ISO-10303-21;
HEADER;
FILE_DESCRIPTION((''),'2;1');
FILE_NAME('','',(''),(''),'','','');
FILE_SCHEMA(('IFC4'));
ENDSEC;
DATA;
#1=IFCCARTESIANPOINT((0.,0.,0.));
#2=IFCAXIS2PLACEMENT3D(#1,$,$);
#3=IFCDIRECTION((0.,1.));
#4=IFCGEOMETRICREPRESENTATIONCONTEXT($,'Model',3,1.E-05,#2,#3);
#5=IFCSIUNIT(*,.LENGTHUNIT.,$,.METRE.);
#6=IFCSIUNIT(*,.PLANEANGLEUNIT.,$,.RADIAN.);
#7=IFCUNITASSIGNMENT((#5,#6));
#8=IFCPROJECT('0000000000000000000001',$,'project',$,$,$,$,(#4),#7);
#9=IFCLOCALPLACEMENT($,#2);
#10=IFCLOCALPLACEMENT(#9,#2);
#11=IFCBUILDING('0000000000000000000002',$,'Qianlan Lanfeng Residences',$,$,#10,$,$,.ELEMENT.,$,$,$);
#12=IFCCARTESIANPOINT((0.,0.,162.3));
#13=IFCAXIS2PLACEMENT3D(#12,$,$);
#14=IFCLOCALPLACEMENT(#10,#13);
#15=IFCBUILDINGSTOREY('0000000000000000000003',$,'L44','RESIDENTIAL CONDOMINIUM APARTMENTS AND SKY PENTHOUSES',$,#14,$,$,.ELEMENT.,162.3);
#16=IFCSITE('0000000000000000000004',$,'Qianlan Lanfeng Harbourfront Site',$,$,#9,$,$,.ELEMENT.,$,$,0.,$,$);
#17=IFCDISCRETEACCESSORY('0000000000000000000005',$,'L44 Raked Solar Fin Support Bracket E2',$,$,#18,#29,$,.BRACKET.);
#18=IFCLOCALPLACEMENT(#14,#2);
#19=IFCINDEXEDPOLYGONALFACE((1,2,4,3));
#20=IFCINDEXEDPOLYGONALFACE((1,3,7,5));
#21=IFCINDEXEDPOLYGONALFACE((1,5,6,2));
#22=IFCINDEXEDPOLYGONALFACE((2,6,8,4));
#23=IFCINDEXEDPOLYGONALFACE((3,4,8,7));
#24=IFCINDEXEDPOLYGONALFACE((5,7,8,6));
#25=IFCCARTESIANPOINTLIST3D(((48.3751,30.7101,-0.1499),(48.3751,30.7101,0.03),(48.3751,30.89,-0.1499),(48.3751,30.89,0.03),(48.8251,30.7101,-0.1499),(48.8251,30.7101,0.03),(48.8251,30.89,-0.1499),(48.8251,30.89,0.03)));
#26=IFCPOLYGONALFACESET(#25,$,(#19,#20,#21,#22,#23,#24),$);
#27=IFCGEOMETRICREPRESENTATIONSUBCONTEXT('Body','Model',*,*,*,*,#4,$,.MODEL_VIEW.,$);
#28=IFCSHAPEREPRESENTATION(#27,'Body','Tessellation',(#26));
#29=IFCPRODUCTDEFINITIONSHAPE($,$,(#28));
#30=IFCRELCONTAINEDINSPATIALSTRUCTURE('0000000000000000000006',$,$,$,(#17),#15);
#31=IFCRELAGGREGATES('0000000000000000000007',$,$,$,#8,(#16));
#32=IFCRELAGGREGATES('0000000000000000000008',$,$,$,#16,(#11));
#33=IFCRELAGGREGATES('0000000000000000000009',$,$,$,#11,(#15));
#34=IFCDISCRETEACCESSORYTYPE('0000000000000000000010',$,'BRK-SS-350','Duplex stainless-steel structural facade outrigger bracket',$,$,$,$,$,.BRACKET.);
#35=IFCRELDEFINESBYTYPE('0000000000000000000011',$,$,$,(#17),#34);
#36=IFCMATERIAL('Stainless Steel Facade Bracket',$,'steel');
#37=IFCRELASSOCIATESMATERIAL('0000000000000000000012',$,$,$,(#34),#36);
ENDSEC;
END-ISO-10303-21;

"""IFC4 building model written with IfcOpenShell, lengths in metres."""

from ifc_helpers import new_model, si_unit, direction, frame, origin, origin_2d, place, context, subcontext, project, spatial, rectangle, extrude, source, transform, mapped, material, type_object, element, save


model = new_model("IFC4")

# Units and contexts
model_context = context("Model", 3, precision=1e-05, world=origin(), true_north=direction((0.0, 1.0)))
body_context = subcontext(model_context, "Body", "Model", "MODEL_VIEW")
ifc_project = project(units=[si_unit("LENGTHUNIT", "METRE"), si_unit("PLANEANGLEUNIT", "RADIAN")], contexts=[model_context])

# Site, building, storey
site_placement = place(None, origin())
site = spatial("IfcSite", under=ifc_project, at=site_placement, Name="Qianlan Lanfeng Harbourfront Site", CompositionType="ELEMENT", RefElevation=0.0)
building_placement = place(site_placement, origin())
building = spatial("IfcBuilding", under=site, at=building_placement, Name="Qianlan Lanfeng Residences", CompositionType="ELEMENT")
storey_placement = place(building_placement, frame((0.0, 0.0, 162.3)))
storey = spatial("IfcBuildingStorey", under=building, at=storey_placement, Name="L44", Description="RESIDENTIAL CONDOMINIUM APARTMENTS AND SKY PENTHOUSES", CompositionType="ELEMENT", Elevation=162.3)

# Discrete accessory
ifc_material_1 = material(Name="Stainless Steel Facade Bracket", Category="steel")
discrete_accessory_type = type_object("IfcDiscreteAccessoryType", Name="BRK-SS-350", Description="Duplex stainless-steel structural facade outrigger bracket", PredefinedType="BRACKET", material=ifc_material_1)
shared_shape_1 = source(origin(), body_context, "Body", "SweptSolid", [
    extrude(rectangle(XDim=0.45, YDim=0.1799, at=origin_2d()), origin(), (0.0, 0.0, 1.0), 0.1799),
])
discrete_accessory_placement = place(storey_placement, frame((48.6001, 30.8, -0.1499), z_axis=(0.0, 0.0, 1.0), x_axis=(1.0, 0.0, 0.0)))
element("IfcDiscreteAccessory", 1, at=discrete_accessory_placement, inside=storey, type_object=discrete_accessory_type, Name="L44 Raked Solar Fin Support Bracket E2", PredefinedType="BRACKET", context=body_context, shape_type="MappedRepresentation", body=[
    mapped(shared_shape_1, transform((0.0, 0.0, 0.0), scale=1.0)),
])

save(model, "model.ifc")
